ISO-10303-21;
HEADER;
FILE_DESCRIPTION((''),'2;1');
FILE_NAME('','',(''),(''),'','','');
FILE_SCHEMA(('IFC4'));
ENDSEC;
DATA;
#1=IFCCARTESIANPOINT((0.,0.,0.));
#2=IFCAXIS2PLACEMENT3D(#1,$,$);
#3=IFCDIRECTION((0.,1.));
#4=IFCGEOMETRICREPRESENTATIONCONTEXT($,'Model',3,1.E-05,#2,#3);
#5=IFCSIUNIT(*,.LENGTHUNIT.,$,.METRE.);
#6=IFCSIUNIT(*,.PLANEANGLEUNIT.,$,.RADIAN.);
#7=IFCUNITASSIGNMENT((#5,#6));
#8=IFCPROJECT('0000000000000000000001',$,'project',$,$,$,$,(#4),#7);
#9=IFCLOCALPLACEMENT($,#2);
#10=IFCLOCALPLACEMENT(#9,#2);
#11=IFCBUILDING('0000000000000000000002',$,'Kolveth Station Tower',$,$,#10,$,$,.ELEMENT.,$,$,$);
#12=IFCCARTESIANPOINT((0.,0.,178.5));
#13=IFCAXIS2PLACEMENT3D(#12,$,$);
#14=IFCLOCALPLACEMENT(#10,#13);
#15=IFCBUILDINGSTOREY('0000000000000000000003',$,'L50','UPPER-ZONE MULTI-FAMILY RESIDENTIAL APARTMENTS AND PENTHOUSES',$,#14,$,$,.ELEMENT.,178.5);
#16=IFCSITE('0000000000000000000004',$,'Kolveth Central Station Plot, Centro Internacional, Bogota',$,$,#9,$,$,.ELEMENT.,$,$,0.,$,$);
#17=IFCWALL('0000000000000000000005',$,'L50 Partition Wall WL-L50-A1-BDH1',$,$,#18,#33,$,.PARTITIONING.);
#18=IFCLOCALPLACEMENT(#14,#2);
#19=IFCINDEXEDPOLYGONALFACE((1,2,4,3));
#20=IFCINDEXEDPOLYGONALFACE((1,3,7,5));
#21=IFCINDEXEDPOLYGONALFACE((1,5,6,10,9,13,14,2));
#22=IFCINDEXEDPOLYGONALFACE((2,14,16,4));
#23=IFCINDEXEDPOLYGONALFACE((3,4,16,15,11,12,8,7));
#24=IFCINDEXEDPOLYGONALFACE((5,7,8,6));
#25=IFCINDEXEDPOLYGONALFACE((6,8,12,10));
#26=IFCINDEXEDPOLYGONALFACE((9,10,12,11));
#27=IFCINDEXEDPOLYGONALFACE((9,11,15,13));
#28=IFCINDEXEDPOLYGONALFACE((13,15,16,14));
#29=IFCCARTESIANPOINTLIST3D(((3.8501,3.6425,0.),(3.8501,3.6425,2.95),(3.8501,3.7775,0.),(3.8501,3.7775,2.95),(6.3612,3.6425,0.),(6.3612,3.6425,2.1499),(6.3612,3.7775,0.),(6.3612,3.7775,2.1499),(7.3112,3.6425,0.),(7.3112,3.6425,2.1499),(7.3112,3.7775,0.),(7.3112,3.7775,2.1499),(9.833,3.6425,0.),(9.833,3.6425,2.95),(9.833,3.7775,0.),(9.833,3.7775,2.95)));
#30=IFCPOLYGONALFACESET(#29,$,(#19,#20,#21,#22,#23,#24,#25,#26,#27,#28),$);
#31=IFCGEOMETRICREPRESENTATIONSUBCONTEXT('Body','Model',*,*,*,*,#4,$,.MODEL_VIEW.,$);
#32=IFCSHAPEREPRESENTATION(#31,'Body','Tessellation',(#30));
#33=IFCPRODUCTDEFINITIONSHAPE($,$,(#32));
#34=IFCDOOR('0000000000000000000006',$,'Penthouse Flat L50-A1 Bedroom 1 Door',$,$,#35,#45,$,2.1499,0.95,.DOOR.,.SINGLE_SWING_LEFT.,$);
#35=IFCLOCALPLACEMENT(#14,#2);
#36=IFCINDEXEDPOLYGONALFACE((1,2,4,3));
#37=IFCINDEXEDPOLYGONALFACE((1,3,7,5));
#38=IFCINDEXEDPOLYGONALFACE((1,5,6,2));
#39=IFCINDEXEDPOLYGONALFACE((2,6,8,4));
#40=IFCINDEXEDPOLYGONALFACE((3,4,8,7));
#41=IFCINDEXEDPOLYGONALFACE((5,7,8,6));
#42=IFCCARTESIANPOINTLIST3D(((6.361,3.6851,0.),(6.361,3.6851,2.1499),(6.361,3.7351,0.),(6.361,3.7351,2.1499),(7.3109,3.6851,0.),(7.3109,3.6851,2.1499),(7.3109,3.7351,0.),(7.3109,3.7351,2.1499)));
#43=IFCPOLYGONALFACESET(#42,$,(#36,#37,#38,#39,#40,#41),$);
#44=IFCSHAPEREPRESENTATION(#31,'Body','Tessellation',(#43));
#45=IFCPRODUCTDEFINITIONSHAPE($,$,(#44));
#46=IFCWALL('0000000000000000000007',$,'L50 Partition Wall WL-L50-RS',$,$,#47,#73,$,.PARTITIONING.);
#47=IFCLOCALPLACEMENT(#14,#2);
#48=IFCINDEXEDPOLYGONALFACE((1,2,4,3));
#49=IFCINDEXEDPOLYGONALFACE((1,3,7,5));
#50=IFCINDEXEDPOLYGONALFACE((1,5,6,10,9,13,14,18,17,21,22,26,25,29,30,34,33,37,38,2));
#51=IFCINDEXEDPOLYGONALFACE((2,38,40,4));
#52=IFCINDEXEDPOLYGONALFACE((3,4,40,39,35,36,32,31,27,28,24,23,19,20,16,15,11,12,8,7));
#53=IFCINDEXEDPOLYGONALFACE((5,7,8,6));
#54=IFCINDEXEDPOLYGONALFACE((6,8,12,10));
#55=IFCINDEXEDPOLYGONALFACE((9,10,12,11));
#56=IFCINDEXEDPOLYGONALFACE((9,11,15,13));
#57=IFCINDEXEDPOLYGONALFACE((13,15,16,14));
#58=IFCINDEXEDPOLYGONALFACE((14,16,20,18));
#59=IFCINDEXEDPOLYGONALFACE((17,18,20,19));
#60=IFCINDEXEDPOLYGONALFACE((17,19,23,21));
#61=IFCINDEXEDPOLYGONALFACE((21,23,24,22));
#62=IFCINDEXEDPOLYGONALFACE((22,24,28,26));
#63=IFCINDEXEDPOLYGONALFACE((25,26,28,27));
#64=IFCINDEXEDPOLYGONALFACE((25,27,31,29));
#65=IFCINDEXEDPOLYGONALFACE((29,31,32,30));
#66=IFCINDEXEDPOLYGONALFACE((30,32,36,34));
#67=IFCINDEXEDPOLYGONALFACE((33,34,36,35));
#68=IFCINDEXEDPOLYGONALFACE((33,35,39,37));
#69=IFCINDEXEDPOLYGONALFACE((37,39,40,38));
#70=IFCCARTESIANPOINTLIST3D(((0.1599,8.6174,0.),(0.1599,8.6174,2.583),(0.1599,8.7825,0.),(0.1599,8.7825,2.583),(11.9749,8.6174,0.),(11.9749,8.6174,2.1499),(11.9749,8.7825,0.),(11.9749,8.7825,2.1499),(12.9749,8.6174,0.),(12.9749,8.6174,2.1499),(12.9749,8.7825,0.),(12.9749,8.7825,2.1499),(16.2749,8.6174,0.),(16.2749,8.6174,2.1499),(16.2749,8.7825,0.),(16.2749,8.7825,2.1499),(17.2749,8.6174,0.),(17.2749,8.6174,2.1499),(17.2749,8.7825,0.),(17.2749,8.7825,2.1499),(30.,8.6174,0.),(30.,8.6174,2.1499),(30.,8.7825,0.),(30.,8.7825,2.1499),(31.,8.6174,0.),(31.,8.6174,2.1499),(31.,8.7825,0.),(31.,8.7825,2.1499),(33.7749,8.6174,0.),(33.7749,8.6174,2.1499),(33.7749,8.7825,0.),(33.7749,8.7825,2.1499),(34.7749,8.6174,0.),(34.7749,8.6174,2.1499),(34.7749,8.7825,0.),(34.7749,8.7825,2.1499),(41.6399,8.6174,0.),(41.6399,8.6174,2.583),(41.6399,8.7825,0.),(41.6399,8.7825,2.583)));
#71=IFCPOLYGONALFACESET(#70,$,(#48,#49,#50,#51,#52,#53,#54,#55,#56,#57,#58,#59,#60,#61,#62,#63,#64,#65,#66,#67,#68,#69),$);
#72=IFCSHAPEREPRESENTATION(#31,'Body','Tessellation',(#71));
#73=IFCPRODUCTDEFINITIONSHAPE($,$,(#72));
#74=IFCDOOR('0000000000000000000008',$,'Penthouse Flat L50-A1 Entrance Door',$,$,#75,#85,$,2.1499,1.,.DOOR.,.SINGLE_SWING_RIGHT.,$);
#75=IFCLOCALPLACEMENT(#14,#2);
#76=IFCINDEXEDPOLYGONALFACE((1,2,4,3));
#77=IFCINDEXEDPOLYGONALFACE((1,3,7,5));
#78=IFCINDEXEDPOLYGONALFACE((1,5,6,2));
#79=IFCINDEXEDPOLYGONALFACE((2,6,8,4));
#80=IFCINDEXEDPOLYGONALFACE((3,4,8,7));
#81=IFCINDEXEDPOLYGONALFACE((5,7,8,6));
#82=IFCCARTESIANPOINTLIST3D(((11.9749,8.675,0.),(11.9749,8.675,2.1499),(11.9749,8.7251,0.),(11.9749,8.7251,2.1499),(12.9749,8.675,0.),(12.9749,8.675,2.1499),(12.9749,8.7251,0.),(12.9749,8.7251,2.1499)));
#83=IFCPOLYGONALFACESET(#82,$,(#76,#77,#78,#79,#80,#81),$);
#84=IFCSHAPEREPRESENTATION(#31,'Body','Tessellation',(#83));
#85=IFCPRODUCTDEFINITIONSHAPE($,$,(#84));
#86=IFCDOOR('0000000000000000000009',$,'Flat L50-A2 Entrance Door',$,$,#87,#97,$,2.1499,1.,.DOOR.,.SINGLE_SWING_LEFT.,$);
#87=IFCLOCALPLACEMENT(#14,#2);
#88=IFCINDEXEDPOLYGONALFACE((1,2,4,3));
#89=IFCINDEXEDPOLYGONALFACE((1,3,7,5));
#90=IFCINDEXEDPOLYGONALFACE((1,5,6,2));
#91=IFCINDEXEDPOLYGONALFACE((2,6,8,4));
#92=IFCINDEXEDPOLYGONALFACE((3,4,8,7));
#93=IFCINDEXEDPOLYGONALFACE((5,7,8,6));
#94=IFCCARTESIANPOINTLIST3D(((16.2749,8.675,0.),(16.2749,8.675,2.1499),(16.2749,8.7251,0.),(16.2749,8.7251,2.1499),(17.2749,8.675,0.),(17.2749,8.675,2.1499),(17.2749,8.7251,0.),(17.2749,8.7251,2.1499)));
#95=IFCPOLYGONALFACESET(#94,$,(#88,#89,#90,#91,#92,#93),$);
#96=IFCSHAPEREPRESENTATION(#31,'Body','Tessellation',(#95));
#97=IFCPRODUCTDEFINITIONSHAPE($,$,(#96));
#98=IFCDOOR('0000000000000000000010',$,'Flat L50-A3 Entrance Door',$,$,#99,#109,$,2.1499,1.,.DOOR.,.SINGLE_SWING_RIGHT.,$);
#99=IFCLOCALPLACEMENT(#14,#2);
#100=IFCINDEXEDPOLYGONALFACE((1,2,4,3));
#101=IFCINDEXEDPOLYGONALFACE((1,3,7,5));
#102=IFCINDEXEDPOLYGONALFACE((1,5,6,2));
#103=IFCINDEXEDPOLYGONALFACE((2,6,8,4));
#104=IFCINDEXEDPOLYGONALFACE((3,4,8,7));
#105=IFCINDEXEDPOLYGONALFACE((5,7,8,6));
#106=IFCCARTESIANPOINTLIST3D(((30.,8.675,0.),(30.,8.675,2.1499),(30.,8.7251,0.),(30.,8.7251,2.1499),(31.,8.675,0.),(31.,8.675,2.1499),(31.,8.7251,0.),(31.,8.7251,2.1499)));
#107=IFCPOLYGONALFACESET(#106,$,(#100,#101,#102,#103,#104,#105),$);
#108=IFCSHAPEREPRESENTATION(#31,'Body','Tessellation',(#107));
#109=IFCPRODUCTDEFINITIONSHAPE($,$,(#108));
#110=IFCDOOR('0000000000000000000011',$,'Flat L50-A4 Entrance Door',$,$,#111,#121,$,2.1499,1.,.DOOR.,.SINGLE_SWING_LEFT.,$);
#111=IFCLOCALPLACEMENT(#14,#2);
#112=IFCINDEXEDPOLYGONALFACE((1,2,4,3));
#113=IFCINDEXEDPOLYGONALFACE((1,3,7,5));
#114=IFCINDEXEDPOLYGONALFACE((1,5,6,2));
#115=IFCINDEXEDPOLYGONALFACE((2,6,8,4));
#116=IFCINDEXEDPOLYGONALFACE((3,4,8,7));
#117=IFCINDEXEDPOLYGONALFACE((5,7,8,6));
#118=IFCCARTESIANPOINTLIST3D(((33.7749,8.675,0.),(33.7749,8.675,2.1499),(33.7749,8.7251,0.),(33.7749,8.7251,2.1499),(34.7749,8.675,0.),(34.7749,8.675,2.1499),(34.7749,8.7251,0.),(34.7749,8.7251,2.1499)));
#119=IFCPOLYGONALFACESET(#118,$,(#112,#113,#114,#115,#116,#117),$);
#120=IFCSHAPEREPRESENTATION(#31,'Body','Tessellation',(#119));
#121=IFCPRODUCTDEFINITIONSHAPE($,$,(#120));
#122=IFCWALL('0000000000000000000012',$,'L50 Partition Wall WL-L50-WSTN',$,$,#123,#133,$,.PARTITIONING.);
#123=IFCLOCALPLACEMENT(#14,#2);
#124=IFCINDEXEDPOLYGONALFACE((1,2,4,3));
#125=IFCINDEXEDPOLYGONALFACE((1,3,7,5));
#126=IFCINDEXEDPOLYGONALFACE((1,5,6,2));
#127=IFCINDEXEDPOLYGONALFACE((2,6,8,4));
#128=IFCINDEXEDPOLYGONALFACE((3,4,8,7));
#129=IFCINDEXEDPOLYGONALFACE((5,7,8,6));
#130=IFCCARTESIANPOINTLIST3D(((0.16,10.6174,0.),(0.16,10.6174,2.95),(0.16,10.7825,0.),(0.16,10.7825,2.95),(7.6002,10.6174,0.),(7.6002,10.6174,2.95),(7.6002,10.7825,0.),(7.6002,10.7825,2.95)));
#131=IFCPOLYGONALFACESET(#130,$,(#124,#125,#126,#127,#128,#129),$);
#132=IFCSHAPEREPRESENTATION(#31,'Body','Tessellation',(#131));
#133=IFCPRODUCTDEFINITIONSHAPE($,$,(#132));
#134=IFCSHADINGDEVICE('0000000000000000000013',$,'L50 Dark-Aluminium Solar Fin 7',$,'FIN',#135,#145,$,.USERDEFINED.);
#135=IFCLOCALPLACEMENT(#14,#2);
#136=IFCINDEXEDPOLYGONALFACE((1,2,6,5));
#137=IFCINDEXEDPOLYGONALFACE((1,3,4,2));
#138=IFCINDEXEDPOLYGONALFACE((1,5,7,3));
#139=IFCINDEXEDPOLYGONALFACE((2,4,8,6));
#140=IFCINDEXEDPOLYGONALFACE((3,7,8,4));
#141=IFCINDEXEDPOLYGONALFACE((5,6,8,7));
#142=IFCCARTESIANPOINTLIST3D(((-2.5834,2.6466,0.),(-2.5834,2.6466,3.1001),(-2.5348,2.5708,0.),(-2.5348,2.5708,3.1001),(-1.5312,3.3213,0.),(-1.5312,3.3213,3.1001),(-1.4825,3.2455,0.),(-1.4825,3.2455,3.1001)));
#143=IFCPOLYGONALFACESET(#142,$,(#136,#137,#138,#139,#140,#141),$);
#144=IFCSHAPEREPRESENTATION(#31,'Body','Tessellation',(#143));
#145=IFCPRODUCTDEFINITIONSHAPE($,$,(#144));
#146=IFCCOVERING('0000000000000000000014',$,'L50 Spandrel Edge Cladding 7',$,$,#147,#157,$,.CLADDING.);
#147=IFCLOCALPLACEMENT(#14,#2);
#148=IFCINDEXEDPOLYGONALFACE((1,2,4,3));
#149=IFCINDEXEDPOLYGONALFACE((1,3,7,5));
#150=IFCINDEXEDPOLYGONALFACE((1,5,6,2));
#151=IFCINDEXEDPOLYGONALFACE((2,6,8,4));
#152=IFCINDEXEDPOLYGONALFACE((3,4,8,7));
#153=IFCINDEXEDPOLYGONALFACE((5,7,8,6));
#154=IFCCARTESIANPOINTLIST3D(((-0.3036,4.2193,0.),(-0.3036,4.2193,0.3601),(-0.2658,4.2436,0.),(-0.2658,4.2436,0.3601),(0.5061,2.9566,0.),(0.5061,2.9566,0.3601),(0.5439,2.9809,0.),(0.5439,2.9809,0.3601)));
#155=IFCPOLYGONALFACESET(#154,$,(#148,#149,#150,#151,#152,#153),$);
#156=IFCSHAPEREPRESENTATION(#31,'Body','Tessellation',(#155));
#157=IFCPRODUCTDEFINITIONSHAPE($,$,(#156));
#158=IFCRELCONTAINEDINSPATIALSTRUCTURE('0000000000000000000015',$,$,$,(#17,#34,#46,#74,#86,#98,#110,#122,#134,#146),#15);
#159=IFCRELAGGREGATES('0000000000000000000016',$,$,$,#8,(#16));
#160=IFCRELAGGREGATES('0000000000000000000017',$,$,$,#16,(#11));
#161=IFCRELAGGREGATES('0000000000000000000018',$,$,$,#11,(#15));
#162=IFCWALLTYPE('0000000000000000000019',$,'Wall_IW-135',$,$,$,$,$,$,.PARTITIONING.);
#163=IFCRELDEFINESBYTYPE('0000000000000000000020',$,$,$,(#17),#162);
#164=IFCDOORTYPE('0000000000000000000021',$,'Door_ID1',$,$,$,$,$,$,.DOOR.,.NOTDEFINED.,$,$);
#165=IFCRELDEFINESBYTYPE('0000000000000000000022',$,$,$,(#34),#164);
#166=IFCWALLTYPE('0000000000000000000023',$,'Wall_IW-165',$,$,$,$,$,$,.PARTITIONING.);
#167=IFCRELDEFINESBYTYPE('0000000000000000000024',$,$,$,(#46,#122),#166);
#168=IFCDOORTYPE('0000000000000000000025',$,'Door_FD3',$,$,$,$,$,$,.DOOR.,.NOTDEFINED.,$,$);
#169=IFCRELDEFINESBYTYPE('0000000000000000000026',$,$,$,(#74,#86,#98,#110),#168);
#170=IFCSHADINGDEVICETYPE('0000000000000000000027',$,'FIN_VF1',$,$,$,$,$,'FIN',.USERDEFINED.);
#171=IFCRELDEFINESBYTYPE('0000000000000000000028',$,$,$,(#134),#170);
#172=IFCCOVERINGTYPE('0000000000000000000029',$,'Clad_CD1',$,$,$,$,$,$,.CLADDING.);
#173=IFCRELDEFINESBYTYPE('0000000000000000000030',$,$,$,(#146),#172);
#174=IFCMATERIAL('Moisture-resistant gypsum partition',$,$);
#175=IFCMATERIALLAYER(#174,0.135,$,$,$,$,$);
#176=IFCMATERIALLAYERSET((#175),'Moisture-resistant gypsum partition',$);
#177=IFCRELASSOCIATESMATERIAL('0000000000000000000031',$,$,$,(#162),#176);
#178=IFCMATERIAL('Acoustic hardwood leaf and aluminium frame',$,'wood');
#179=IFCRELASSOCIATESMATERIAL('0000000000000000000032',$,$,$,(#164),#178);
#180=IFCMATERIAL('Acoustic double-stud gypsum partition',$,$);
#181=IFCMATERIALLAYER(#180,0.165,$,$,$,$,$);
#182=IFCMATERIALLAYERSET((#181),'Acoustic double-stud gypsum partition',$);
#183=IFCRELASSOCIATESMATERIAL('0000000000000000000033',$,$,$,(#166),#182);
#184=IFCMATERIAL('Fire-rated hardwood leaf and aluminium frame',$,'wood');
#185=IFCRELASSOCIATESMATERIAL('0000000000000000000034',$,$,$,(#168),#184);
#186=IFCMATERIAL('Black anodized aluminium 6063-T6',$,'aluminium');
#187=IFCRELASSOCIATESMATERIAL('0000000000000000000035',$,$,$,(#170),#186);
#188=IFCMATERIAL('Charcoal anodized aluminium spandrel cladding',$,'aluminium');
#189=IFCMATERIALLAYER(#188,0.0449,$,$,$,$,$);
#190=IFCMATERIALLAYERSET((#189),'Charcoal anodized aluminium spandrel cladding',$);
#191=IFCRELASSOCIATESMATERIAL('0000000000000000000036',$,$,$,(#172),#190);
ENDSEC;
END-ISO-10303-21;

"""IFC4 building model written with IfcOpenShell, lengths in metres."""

from ifc_helpers import new_model, si_unit, direction, frame, frame_2d, origin, origin_2d, place, context, subcontext, project, spatial, rectangle, extrude, source, transform, mapped, material, layer, layer_set, type_object, element, fill, save


model = new_model("IFC4")

# Units and contexts
model_context = context("Model", 3, precision=1e-05, world=origin(), true_north=direction((0.0, 1.0)))
body_context = subcontext(model_context, "Body", "Model", "MODEL_VIEW")
ifc_project = project(units=[si_unit("LENGTHUNIT", "METRE"), si_unit("PLANEANGLEUNIT", "RADIAN")], contexts=[model_context])

# Site, building, storey
site_placement = place(None, origin())
site = spatial("IfcSite", under=ifc_project, at=site_placement, Name="Kolveth Central Station Plot, Centro Internacional, Bogota", CompositionType="ELEMENT", RefElevation=0.0)
building_placement = place(site_placement, origin())
building = spatial("IfcBuilding", under=site, at=building_placement, Name="Kolveth Station Tower", CompositionType="ELEMENT")
storey_placement = place(building_placement, frame((0.0, 0.0, 178.5)))
storey = spatial("IfcBuildingStorey", under=building, at=storey_placement, Name="L50", Description="UPPER-ZONE MULTI-FAMILY RESIDENTIAL APARTMENTS AND PENTHOUSES", CompositionType="ELEMENT", Elevation=178.5)

# Shared definitions
ifc_material_1 = material(Name="Black anodized aluminium 6063-T6", Category="aluminium")

# Wall, opening, door
ifc_material_2 = material(Name="Moisture-resistant gypsum partition")
ifc_layer_1 = layer(ifc_material_2, 0.135)
ifc_layer_set_1 = layer_set([ifc_layer_1], Name="Moisture-resistant gypsum partition")
wall_type_1 = type_object("IfcWallType", Name="Wall_IW-135", PredefinedType="PARTITIONING", material=ifc_layer_set_1)
wall_1_placement = place(storey_placement, frame((3.8501, 3.71, 0.0), z_axis=(0.0, 0.0, 1.0), x_axis=(1.0, 0.0, 0.0)))
wall_1 = element("IfcWall", 1, at=wall_1_placement, inside=storey, type_object=wall_type_1, Name="L50 Partition Wall WL-L50-A1-BDH1", PredefinedType="PARTITIONING", context=body_context, shape_type="SweptSolid", body=[
    extrude(rectangle(XDim=5.9829, YDim=0.135, at=frame_2d((2.9915, 0.0))), origin(), (0.0, 0.0, 1.0), 2.95),
])
opening_1_placement = place(wall_1_placement, frame((2.511, 0.0, 0.0)))
opening_1 = element("IfcOpeningElement", 2, at=opening_1_placement, cuts=wall_1, PredefinedType="OPENING", context=body_context, shape_type="SweptSolid", body=[
    extrude(rectangle(XDim=0.95, YDim=2.1499, at=frame_2d((0.4751, 1.075))), frame((0.0, 0.0774, 0.0), z_axis=(0.0, -1.0, 0.0), x_axis=(1.0, 0.0, 0.0)), (0.0, 0.0, 1.0), 0.155),
])
ifc_material_3 = material(Name="Acoustic hardwood leaf and aluminium frame", Category="wood")
door_type_1 = type_object("IfcDoorType", Name="Door_ID1", OperationType="NOTDEFINED", PredefinedType="DOOR", material=ifc_material_3)
door_1_placement = place(opening_1_placement, frame((0.95, 0.0, 0.0), z_axis=(0.0, 0.0, 1.0), x_axis=(-1.0, 0.0, 0.0)))
door_1 = element("IfcDoor", 3, at=door_1_placement, inside=storey, type_object=door_type_1, Name="Penthouse Flat L50-A1 Bedroom 1 Door", OperationType="SINGLE_SWING_LEFT", OverallHeight=2.1499, OverallWidth=0.95, PredefinedType="DOOR", context=body_context, shape_type="SweptSolid", body=[
    extrude(rectangle(XDim=0.95, YDim=2.1499, at=frame_2d((0.4751, 1.075))), frame((0.0, 0.0249, 0.0), z_axis=(0.0, -1.0, 0.0), x_axis=(1.0, 0.0, 0.0)), (0.0, 0.0, 1.0), 0.05),
])
fill(opening_1, door_1)

# Wall, openings, doors
ifc_material_4 = material(Name="Acoustic double-stud gypsum partition")
ifc_layer_2 = layer(ifc_material_4, 0.165)
ifc_layer_set_2 = layer_set([ifc_layer_2], Name="Acoustic double-stud gypsum partition")
wall_type_2 = type_object("IfcWallType", Name="Wall_IW-165", PredefinedType="PARTITIONING", material=ifc_layer_set_2)
wall_2_placement = place(storey_placement, frame((0.1599, 8.7, 0.0), z_axis=(0.0, 0.0, 1.0), x_axis=(1.0, 0.0, 0.0)))
wall_2 = element("IfcWall", 4, at=wall_2_placement, inside=storey, type_object=wall_type_2, Name="L50 Partition Wall WL-L50-RS", PredefinedType="PARTITIONING", context=body_context, shape_type="SweptSolid", body=[
    extrude(rectangle(XDim=41.48, YDim=0.165, at=frame_2d((20.74, 0.0))), origin(), (0.0, 0.0, 1.0), 2.583),
])
opening_2_placement = place(wall_2_placement, frame((11.8149, 0.0, 0.0)))
opening_2 = element("IfcOpeningElement", 5, at=opening_2_placement, cuts=wall_2, PredefinedType="OPENING", context=body_context, shape_type="SweptSolid", body=[
    extrude(rectangle(XDim=1.0, YDim=2.1499, at=frame_2d((0.5, 1.075))), frame((0.0, 0.0925, 0.0), z_axis=(0.0, -1.0, 0.0), x_axis=(1.0, 0.0, 0.0)), (0.0, 0.0, 1.0), 0.1851),
])
opening_3_placement = place(wall_2_placement, frame((16.115, 0.0, 0.0)))
opening_3 = element("IfcOpeningElement", 6, at=opening_3_placement, cuts=wall_2, PredefinedType="OPENING", context=body_context, shape_type="SweptSolid", body=[
    extrude(rectangle(XDim=1.0, YDim=2.1499, at=frame_2d((0.5, 1.075))), frame((0.0, 0.0925, 0.0), z_axis=(0.0, -1.0, 0.0), x_axis=(1.0, 0.0, 0.0)), (0.0, 0.0, 1.0), 0.1851),
])
opening_4_placement = place(wall_2_placement, frame((29.8401, 0.0, 0.0)))
opening_4 = element("IfcOpeningElement", 7, at=opening_4_placement, cuts=wall_2, PredefinedType="OPENING", context=body_context, shape_type="SweptSolid", body=[
    extrude(rectangle(XDim=1.0, YDim=2.1499, at=frame_2d((0.5, 1.075))), frame((0.0, 0.0925, 0.0), z_axis=(0.0, -1.0, 0.0), x_axis=(1.0, 0.0, 0.0)), (0.0, 0.0, 1.0), 0.1851),
])
opening_5_placement = place(wall_2_placement, frame((33.615, 0.0, 0.0)))
opening_5 = element("IfcOpeningElement", 8, at=opening_5_placement, cuts=wall_2, PredefinedType="OPENING", context=body_context, shape_type="SweptSolid", body=[
    extrude(rectangle(XDim=1.0, YDim=2.1499, at=frame_2d((0.5, 1.075))), frame((0.0, 0.0925, 0.0), z_axis=(0.0, -1.0, 0.0), x_axis=(1.0, 0.0, 0.0)), (0.0, 0.0, 1.0), 0.1851),
])
ifc_material_5 = material(Name="Fire-rated hardwood leaf and aluminium frame", Category="wood")
door_type_2 = type_object("IfcDoorType", Name="Door_FD3", OperationType="NOTDEFINED", PredefinedType="DOOR", material=ifc_material_5)
door_2_placement = place(opening_2_placement, frame((1.0, 0.0, 0.0), z_axis=(0.0, 0.0, 1.0), x_axis=(-1.0, 0.0, 0.0)))
door_2 = element("IfcDoor", 9, at=door_2_placement, inside=storey, type_object=door_type_2, Name="Penthouse Flat L50-A1 Entrance Door", OperationType="SINGLE_SWING_RIGHT", OverallHeight=2.1499, OverallWidth=1.0, PredefinedType="DOOR", context=body_context, shape_type="SweptSolid", body=[
    extrude(rectangle(XDim=1.0, YDim=2.1499, at=frame_2d((0.5, 1.075))), frame((0.0, 0.0249, 0.0), z_axis=(0.0, -1.0, 0.0), x_axis=(1.0, 0.0, 0.0)), (0.0, 0.0, 1.0), 0.05),
])
fill(opening_2, door_2)
door_3_placement = place(opening_3_placement, frame((1.0, 0.0, 0.0), z_axis=(0.0, 0.0, 1.0), x_axis=(-1.0, 0.0, 0.0)))
door_3 = element("IfcDoor", 10, at=door_3_placement, inside=storey, type_object=door_type_2, Name="Flat L50-A2 Entrance Door", OperationType="SINGLE_SWING_LEFT", OverallHeight=2.1499, OverallWidth=1.0, PredefinedType="DOOR", context=body_context, shape_type="SweptSolid", body=[
    extrude(rectangle(XDim=1.0, YDim=2.1499, at=frame_2d((0.5, 1.075))), frame((0.0, 0.0249, 0.0), z_axis=(0.0, -1.0, 0.0), x_axis=(1.0, 0.0, 0.0)), (0.0, 0.0, 1.0), 0.05),
])
fill(opening_3, door_3)
door_4_placement = place(opening_4_placement, frame((1.0, 0.0, 0.0), z_axis=(0.0, 0.0, 1.0), x_axis=(-1.0, 0.0, 0.0)))
door_4 = element("IfcDoor", 11, at=door_4_placement, inside=storey, type_object=door_type_2, Name="Flat L50-A3 Entrance Door", OperationType="SINGLE_SWING_RIGHT", OverallHeight=2.1499, OverallWidth=1.0, PredefinedType="DOOR", context=body_context, shape_type="SweptSolid", body=[
    extrude(rectangle(XDim=1.0, YDim=2.1499, at=frame_2d((0.5, 1.075))), frame((0.0, 0.0249, 0.0), z_axis=(0.0, -1.0, 0.0), x_axis=(1.0, 0.0, 0.0)), (0.0, 0.0, 1.0), 0.05),
])
fill(opening_4, door_4)
door_5_placement = place(opening_5_placement, frame((1.0, 0.0, 0.0), z_axis=(0.0, 0.0, 1.0), x_axis=(-1.0, 0.0, 0.0)))
door_5 = element("IfcDoor", 12, at=door_5_placement, inside=storey, type_object=door_type_2, Name="Flat L50-A4 Entrance Door", OperationType="SINGLE_SWING_LEFT", OverallHeight=2.1499, OverallWidth=1.0, PredefinedType="DOOR", context=body_context, shape_type="SweptSolid", body=[
    extrude(rectangle(XDim=1.0, YDim=2.1499, at=frame_2d((0.5, 1.075))), frame((0.0, 0.0249, 0.0), z_axis=(0.0, -1.0, 0.0), x_axis=(1.0, 0.0, 0.0)), (0.0, 0.0, 1.0), 0.05),
])
fill(opening_5, door_5)

# Wall
wall_3_placement = place(storey_placement, frame((0.1599, 10.7, 0.0), z_axis=(0.0, 0.0, 1.0), x_axis=(1.0, 0.0, 0.0)))
element("IfcWall", 13, at=wall_3_placement, inside=storey, type_object=wall_type_2, Name="L50 Partition Wall WL-L50-WSTN", PredefinedType="PARTITIONING", context=body_context, shape_type="SweptSolid", body=[
    extrude(rectangle(XDim=7.4402, YDim=0.165, at=frame_2d((3.7202, 0.0))), origin(), (0.0, 0.0, 1.0), 2.95),
])

# Shading device
shading_device_type = type_object("IfcShadingDeviceType", Name="FIN_VF1", ElementType="FIN", PredefinedType="USERDEFINED", material=ifc_material_1)
shared_shape_1 = source(origin(), body_context, "Body", "SweptSolid", [
    extrude(rectangle(XDim=1.25, YDim=0.0901, at=origin_2d()), origin(), (0.0, 0.0, 1.0), 3.1001),
])
shading_device_placement = place(storey_placement, frame((-2.033, 2.946, 0.0), z_axis=(0.0, 0.0, 1.0), x_axis=(-0.841794, -0.5398, 0.0)))
element("IfcShadingDevice", 14, at=shading_device_placement, inside=storey, type_object=shading_device_type, Name="L50 Dark-Aluminium Solar Fin 7", ObjectType="FIN", PredefinedType="USERDEFINED", context=body_context, shape_type="MappedRepresentation", body=[
    mapped(shared_shape_1, transform((0.0, 0.0, 0.0), x_axis=(1.0, 0.0, 0.0), y_axis=(0.0, 1.0, 0.0), z_axis=(0.0, 0.0, 1.0), scale=1.0)),
])

# Covering
ifc_material_6 = material(Name="Charcoal anodized aluminium spandrel cladding", Category="aluminium")
ifc_layer_3 = layer(ifc_material_6, 0.0449)
ifc_layer_set_3 = layer_set([ifc_layer_3], Name="Charcoal anodized aluminium spandrel cladding")
covering_type = type_object("IfcCoveringType", Name="Clad_CD1", PredefinedType="CLADDING", material=ifc_layer_set_3)
shared_shape_2 = source(origin(), body_context, "Body", "SweptSolid", [
    extrude(rectangle(XDim=1.5, YDim=0.0449, at=origin_2d()), origin(), (0.0, 0.0, 1.0), 0.3601),
])
covering_placement = place(storey_placement, frame((0.1201, 3.6001, 0.0), z_axis=(0.0, 0.0, 1.0), x_axis=(0.5398, -0.841794, 0.0)))
element("IfcCovering", 15, at=covering_placement, inside=storey, type_object=covering_type, Name="L50 Spandrel Edge Cladding 7", PredefinedType="CLADDING", context=body_context, shape_type="MappedRepresentation", body=[
    mapped(shared_shape_2, transform((0.0, 0.0, 0.0), x_axis=(1.0, 0.0, 0.0), y_axis=(0.0, 1.0, 0.0), z_axis=(0.0, 0.0, 1.0), scale=1.0)),
])

save(model, "model.ifc")
